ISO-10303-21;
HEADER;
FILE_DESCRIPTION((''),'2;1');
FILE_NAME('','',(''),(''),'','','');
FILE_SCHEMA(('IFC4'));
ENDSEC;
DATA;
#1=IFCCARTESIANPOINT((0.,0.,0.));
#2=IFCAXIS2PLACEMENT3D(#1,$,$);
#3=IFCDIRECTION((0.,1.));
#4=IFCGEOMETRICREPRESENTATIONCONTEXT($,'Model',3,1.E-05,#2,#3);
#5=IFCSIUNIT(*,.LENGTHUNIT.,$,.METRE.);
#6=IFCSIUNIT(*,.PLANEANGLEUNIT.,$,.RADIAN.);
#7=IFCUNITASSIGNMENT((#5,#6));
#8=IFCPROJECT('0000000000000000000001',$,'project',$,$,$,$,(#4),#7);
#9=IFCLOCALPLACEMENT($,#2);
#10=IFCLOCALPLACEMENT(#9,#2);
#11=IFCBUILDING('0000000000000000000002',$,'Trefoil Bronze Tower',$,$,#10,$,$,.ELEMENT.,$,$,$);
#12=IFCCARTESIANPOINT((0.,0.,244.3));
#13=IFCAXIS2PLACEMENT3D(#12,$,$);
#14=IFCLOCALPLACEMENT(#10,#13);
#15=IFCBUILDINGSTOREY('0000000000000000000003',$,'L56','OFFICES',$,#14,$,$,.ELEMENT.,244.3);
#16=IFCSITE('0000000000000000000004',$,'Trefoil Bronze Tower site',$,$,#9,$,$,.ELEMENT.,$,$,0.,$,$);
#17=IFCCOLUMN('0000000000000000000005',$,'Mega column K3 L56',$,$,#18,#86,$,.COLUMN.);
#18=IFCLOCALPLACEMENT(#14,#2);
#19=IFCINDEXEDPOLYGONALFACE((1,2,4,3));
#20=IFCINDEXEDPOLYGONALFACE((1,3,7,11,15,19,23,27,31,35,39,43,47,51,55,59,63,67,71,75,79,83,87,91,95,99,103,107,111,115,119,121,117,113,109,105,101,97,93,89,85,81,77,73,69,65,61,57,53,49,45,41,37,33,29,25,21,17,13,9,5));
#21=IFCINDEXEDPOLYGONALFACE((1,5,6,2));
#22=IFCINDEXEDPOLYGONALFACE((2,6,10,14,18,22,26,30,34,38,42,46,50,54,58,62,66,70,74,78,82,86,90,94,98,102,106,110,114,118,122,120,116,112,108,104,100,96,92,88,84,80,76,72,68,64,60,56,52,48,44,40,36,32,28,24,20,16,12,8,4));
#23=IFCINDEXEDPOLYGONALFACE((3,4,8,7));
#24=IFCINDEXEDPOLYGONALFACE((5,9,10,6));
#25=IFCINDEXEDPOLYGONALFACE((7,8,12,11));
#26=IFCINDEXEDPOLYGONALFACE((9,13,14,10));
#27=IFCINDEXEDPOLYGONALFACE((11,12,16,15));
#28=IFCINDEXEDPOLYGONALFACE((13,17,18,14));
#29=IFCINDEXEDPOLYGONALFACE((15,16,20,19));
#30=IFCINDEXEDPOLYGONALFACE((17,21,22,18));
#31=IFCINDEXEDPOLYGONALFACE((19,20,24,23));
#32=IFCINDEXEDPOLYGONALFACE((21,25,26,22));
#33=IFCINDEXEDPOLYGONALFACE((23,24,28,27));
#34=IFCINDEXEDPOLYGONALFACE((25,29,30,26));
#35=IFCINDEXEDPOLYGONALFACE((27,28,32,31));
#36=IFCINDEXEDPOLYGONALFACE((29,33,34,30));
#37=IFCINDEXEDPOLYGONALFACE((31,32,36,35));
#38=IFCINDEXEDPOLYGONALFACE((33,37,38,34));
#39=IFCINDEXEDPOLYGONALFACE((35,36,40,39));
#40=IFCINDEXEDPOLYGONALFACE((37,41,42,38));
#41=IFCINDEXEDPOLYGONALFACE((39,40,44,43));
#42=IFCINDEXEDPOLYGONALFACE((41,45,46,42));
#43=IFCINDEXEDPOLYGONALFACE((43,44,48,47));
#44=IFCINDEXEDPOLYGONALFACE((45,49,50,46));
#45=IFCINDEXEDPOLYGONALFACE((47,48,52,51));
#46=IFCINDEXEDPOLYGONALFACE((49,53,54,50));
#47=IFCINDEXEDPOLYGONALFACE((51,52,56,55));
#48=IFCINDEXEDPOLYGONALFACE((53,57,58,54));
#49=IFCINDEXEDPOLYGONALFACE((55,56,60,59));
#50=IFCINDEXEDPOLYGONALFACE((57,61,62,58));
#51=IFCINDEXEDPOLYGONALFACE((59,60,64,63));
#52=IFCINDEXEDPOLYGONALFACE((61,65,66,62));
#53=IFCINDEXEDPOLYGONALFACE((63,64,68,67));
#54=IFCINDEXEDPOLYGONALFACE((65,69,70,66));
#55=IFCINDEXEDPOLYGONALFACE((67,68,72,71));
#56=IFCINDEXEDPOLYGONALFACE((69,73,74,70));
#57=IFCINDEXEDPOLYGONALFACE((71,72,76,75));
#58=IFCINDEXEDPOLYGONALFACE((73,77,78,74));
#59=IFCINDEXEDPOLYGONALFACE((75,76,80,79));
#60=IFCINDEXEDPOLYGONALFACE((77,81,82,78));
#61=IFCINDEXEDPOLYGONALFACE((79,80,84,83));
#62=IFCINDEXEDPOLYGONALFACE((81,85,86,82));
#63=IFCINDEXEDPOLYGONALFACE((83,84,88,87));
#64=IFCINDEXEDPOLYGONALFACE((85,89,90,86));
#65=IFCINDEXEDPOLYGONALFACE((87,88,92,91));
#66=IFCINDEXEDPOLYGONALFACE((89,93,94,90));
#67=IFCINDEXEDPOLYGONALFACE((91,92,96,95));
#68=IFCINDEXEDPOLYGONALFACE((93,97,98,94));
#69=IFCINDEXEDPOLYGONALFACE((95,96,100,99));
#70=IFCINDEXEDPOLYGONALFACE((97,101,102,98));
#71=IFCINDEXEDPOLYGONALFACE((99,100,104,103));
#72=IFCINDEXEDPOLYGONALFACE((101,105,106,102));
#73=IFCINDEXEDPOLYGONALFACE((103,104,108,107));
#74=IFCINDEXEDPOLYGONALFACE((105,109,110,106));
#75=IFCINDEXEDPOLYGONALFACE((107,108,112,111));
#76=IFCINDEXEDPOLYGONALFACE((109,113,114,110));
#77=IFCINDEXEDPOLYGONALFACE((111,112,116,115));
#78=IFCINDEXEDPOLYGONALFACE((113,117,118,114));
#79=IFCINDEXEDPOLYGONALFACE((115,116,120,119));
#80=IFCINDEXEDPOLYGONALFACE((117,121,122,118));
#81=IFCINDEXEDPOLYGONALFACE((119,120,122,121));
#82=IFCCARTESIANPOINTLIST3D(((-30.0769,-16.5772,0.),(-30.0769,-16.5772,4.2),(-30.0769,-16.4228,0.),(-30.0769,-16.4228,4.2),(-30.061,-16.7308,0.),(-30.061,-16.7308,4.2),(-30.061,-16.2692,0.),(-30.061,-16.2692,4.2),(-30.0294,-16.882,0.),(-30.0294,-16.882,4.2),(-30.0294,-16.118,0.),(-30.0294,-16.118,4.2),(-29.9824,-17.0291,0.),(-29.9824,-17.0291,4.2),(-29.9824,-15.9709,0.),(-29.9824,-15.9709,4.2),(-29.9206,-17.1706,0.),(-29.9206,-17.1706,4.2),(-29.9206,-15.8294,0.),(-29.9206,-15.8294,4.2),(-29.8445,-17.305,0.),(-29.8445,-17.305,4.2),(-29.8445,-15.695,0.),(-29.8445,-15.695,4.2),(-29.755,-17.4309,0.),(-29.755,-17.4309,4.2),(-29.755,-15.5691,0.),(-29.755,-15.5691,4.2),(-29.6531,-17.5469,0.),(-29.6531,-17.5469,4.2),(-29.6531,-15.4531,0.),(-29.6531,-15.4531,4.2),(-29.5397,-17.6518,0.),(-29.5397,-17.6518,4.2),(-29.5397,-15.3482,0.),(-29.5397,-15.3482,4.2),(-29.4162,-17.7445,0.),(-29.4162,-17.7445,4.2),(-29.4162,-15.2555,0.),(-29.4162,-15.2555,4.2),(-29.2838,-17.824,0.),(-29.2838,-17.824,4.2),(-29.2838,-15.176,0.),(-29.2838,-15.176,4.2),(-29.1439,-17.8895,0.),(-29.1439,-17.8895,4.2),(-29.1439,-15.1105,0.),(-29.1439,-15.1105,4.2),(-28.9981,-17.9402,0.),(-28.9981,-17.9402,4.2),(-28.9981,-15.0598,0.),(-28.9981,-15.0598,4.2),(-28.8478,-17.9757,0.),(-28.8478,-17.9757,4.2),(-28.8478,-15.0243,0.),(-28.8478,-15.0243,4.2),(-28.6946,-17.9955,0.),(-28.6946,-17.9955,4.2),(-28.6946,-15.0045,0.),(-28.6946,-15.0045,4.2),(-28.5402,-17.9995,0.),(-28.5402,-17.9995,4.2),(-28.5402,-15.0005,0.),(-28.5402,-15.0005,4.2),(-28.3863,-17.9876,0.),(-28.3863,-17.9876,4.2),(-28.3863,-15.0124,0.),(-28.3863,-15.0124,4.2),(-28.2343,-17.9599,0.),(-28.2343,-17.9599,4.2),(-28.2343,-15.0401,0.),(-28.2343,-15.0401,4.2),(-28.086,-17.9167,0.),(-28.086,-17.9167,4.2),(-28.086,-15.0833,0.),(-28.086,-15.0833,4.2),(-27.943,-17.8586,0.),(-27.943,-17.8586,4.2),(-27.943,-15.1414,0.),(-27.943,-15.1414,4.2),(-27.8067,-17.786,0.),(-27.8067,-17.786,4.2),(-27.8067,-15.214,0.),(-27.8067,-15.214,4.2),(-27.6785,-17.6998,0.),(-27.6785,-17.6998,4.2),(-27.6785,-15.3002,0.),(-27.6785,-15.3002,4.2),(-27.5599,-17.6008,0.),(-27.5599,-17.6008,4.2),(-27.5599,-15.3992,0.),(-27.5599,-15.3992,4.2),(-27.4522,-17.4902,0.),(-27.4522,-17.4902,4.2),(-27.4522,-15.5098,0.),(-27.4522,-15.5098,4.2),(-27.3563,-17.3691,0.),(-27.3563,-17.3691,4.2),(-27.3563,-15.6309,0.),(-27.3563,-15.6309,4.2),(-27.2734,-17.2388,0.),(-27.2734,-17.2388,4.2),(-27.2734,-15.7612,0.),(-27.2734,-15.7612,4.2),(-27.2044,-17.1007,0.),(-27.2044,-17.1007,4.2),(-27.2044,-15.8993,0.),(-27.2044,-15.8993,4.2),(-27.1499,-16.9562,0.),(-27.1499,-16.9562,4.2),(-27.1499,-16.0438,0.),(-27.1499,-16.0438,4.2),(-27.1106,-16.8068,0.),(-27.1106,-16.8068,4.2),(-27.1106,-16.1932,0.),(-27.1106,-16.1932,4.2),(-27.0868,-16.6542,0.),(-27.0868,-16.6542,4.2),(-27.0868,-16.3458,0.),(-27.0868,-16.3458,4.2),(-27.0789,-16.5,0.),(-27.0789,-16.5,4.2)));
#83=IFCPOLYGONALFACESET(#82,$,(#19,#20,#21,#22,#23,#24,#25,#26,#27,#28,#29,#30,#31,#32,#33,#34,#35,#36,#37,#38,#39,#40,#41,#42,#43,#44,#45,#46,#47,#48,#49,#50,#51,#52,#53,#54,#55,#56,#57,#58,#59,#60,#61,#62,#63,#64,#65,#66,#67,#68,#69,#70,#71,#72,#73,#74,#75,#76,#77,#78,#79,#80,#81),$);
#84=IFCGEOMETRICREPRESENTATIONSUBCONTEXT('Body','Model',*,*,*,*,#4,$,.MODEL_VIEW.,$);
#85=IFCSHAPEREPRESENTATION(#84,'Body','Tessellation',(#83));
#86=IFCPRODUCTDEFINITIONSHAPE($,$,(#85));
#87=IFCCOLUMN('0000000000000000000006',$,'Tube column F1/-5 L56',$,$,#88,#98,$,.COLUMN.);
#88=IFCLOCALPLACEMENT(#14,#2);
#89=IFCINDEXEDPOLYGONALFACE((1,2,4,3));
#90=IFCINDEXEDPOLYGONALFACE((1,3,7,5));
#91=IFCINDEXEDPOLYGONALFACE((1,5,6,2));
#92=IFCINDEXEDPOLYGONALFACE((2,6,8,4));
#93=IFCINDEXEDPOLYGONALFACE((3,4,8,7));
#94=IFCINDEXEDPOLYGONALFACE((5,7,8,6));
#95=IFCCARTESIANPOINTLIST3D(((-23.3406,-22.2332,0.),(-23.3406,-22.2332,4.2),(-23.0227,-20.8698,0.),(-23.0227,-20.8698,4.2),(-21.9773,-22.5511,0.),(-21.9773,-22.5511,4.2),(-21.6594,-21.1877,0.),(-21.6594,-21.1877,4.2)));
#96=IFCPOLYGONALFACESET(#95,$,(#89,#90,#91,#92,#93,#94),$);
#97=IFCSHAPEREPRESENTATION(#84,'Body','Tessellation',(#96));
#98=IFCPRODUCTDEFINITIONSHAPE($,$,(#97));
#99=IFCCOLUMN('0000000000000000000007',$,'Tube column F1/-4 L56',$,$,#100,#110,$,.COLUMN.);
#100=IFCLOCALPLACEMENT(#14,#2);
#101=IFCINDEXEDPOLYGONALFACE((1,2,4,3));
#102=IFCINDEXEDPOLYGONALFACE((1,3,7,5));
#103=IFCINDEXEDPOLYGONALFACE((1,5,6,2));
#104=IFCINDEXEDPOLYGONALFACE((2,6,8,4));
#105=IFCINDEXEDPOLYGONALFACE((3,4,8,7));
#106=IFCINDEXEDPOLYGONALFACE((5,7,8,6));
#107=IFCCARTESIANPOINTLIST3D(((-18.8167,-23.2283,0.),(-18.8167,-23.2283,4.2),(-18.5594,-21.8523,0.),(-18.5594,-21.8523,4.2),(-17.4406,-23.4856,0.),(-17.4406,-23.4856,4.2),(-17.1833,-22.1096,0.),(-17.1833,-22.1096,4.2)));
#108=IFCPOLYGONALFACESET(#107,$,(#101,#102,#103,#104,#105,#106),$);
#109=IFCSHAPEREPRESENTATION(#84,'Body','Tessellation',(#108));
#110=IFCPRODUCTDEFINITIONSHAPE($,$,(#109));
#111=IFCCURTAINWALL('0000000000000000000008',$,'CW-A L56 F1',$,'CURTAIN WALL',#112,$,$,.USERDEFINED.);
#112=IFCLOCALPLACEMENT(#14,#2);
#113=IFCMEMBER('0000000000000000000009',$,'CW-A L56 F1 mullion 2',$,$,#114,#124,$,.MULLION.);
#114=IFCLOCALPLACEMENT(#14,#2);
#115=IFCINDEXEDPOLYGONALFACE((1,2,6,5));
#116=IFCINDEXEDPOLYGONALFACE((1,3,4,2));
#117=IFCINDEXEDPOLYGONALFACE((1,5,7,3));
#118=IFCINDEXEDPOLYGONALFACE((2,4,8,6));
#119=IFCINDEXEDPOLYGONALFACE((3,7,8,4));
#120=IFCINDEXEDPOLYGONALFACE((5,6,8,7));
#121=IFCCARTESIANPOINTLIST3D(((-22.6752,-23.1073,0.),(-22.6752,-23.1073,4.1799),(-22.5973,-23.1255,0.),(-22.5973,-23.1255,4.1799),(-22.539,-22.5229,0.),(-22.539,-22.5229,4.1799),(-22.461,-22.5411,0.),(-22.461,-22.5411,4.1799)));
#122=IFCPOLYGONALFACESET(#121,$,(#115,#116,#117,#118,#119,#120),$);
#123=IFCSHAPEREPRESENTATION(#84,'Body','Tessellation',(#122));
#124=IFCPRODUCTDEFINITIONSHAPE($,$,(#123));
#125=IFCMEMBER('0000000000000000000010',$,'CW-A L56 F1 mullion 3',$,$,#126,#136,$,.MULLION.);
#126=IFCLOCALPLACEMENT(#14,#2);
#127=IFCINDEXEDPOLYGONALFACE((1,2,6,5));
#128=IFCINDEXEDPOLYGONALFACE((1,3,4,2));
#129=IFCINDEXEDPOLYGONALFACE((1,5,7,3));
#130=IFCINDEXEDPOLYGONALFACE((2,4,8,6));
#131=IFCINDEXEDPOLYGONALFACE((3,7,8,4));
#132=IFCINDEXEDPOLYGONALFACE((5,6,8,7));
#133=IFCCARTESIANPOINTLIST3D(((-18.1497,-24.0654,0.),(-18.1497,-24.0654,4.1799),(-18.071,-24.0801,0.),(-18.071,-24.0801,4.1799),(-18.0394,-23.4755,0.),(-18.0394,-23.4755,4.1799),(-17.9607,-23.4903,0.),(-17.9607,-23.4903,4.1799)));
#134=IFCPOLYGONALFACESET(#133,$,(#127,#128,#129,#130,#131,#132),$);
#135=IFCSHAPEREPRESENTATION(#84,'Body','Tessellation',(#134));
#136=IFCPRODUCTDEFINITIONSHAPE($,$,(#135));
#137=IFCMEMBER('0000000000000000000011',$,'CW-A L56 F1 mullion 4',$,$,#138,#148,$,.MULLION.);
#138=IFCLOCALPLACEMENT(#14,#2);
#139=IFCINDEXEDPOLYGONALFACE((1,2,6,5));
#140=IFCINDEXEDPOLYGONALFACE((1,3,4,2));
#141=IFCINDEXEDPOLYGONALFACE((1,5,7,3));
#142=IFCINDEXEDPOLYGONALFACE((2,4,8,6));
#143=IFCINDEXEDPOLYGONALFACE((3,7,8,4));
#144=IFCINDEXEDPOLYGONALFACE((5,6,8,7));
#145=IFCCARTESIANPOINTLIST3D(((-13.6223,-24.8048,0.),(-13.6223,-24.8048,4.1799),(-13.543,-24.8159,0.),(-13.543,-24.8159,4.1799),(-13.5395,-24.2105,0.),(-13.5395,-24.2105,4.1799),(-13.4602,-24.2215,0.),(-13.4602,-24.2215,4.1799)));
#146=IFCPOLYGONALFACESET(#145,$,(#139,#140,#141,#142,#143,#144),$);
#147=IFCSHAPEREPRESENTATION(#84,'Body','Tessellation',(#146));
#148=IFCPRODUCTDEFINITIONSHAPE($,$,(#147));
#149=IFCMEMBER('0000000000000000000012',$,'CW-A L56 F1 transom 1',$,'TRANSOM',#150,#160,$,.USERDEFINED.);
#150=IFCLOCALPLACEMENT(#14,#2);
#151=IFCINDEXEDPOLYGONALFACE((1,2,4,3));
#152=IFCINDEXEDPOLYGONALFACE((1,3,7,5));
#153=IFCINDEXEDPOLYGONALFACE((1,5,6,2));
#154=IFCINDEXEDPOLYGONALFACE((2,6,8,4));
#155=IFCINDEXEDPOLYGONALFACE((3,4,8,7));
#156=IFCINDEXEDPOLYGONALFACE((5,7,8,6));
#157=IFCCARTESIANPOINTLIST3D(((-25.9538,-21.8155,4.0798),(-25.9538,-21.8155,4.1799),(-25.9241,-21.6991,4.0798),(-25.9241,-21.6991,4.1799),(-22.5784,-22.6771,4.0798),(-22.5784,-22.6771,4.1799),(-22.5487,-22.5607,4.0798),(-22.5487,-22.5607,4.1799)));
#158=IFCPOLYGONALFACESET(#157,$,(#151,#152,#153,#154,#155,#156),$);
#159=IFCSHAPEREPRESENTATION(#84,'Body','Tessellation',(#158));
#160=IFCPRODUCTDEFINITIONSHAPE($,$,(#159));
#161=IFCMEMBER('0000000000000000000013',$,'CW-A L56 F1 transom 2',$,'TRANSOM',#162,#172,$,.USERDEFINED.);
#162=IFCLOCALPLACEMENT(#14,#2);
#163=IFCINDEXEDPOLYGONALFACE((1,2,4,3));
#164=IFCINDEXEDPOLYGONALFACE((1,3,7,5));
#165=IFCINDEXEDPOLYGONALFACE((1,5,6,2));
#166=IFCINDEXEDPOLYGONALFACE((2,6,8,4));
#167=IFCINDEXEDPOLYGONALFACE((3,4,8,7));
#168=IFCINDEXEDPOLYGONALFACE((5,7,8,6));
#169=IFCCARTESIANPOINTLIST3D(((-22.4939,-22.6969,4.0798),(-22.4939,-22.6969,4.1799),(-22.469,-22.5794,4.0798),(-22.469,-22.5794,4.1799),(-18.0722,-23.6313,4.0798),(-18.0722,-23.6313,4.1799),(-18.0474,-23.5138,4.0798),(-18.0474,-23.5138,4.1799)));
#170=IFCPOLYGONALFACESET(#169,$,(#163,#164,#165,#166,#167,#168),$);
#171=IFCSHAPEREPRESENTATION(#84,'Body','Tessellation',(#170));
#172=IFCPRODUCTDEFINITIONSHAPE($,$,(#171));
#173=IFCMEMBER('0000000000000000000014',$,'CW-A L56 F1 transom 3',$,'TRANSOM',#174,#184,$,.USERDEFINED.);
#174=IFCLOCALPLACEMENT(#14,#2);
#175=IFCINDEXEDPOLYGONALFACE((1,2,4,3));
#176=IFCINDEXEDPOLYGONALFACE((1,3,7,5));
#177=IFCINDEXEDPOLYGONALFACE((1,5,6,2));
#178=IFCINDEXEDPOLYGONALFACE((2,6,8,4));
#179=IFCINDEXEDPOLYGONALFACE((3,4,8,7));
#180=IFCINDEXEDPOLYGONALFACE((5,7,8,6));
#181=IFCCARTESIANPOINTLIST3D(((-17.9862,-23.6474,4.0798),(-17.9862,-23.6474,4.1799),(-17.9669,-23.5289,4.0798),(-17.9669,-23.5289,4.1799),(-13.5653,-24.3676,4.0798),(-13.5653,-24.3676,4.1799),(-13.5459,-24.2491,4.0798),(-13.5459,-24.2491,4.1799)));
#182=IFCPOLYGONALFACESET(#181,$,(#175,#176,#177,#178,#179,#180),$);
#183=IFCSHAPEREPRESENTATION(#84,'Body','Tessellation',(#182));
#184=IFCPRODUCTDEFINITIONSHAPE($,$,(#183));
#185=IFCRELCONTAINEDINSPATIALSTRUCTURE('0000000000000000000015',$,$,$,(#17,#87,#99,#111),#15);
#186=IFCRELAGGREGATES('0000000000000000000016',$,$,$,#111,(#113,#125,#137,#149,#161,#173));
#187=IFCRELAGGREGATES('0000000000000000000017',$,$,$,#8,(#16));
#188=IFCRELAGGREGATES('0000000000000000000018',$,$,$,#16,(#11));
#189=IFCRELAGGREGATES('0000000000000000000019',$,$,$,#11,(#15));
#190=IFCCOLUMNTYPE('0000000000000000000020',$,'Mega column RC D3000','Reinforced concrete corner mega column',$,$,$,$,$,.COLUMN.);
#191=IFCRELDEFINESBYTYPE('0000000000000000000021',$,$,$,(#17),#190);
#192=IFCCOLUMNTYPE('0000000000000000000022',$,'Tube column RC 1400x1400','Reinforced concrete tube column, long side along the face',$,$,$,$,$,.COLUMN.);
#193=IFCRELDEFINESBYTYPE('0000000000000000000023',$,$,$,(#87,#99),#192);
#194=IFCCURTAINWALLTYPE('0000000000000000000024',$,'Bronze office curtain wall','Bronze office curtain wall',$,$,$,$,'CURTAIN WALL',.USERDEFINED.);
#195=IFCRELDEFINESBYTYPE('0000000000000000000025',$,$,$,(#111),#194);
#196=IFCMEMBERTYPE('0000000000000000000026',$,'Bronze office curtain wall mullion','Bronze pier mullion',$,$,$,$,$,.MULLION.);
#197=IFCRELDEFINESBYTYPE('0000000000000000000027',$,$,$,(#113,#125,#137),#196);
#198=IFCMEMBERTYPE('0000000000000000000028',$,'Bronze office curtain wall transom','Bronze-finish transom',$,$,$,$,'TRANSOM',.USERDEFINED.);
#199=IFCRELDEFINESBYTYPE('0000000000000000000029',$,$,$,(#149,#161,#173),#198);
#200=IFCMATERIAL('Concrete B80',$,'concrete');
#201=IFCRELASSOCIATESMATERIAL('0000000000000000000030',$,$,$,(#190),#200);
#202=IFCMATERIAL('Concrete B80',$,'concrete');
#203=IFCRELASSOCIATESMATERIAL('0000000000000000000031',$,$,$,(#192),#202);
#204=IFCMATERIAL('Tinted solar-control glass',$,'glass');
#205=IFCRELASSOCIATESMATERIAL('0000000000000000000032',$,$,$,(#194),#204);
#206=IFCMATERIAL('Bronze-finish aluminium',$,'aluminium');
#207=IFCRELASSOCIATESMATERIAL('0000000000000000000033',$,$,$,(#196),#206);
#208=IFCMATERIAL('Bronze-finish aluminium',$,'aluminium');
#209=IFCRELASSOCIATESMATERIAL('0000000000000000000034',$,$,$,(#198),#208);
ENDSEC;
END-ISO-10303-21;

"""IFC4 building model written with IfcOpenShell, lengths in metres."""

from ifc_helpers import new_model, si_unit, direction, frame, origin, origin_2d, place, context, subcontext, project, spatial, rectangle, circle, extrude, material, material_profile, profile_set, type_object, element, aggregate, save


model = new_model("IFC4")

# Units and contexts
model_context = context("Model", 3, precision=1e-05, world=origin(), true_north=direction((0.0, 1.0)))
body_context = subcontext(model_context, "Body", "Model", "MODEL_VIEW")
ifc_project = project(units=[si_unit("LENGTHUNIT", "METRE"), si_unit("PLANEANGLEUNIT", "RADIAN")], contexts=[model_context])

# Site, building, storey
site_placement = place(None, origin())
site = spatial("IfcSite", under=ifc_project, at=site_placement, Name="Trefoil Bronze Tower site", CompositionType="ELEMENT", RefElevation=0.0)
building_placement = place(site_placement, origin())
building = spatial("IfcBuilding", under=site, at=building_placement, Name="Trefoil Bronze Tower", CompositionType="ELEMENT")
storey_placement = place(building_placement, frame((0.0, 0.0, 244.3)))
storey = spatial("IfcBuildingStorey", under=building, at=storey_placement, Name="L56", Description="OFFICES", CompositionType="ELEMENT", Elevation=244.3)

# Columns
ifc_material_1 = material(Name="Concrete B80", Category="concrete")
ifc_material_profile_1 = material_profile(ifc_material_1, circle(Radius=1.5, at=origin_2d()), Name="RC D3000")
ifc_profile_set_1 = profile_set([ifc_material_profile_1], Name="Concrete B80")
column_type_1 = type_object("IfcColumnType", Name="Mega column RC D3000", Description="Reinforced concrete corner mega column", PredefinedType="COLUMN", material=ifc_profile_set_1)
column_placement = place(storey_placement, frame((-28.5789, -16.5, 0.0), z_axis=(0.0, 0.0, 1.0), x_axis=(1.0, 0.0, 0.0)))
element("IfcColumn", 1, at=column_placement, inside=storey, type_object=column_type_1, Name="Mega column K3 L56", PredefinedType="COLUMN", context=body_context, shape_type="SweptSolid", body=[
    extrude(circle(Radius=1.5, at=origin_2d()), origin(), (0.0, 0.0, 1.0), 4.2),
])
ifc_material_2 = material(Name="Concrete B80", Category="concrete")
ifc_material_profile_2 = material_profile(ifc_material_2, rectangle(XDim=1.3999, YDim=1.3999, at=origin_2d()), Name="RC 1400x1400")
ifc_profile_set_2 = profile_set([ifc_material_profile_2], Name="Concrete B80")
column_type_2 = type_object("IfcColumnType", Name="Tube column RC 1400x1400", Description="Reinforced concrete tube column, long side along the face", PredefinedType="COLUMN", material=ifc_profile_set_2)
for number, where, z_axis, x_axis, name in (
    (2, (-22.5, -21.7104, 0.0), (0.0, 0.0, 1.0), (0.973875, -0.227083, 0.0), "Tube column F1/-5 L56"),
    (3, (-18.0, -22.6689, 0.0), (0.0, 0.0, 1.0), (0.982959, -0.183825, 0.0), "Tube column F1/-4 L56"),
):
    element("IfcColumn", number, at=place(storey_placement, frame(where, z_axis=z_axis, x_axis=x_axis)), inside=storey, type_object=column_type_2, Name=name, PredefinedType="COLUMN", context=body_context, shape_type="SweptSolid", body=[
        extrude(rectangle(XDim=1.3999, YDim=1.3999, at=origin_2d()), origin(), (0.0, 0.0, 1.0), 4.2),
    ])

# Curtain wall, members
ifc_material_3 = material(Name="Tinted solar-control glass", Category="glass")
curtain_wall_type_1 = type_object("IfcCurtainWallType", Name="Bronze office curtain wall", Description="Bronze office curtain wall", ElementType="CURTAIN WALL", PredefinedType="USERDEFINED", material=ifc_material_3)
curtain_wall_1_placement = place(storey_placement, origin())
curtain_wall_1 = element("IfcCurtainWall", 4, at=curtain_wall_1_placement, inside=storey, type_object=curtain_wall_type_1, Name="CW-A L56 F1", ObjectType="CURTAIN WALL", PredefinedType="USERDEFINED")
ifc_material_4 = material(Name="Bronze-finish aluminium", Category="aluminium")
ifc_material_profile_3 = material_profile(ifc_material_4, rectangle(XDim=0.6001, YDim=0.0801, at=origin_2d()), Name="CW-A mullion")
ifc_profile_set_3 = profile_set([ifc_material_profile_3], Name="Bronze-finish aluminium")
member_type_1 = type_object("IfcMemberType", Name="Bronze office curtain wall mullion", Description="Bronze pier mullion", PredefinedType="MULLION", material=ifc_profile_set_3)
member_1_placement = place(storey_placement, frame((-22.5681, -22.8242, 0.0), z_axis=(0.0, 0.0, 1.0), x_axis=(0.227083, 0.973875, 0.0)))
member_1 = element("IfcMember", 5, at=member_1_placement, type_object=member_type_1, Name="CW-A L56 F1 mullion 2", PredefinedType="MULLION", context=body_context, shape_type="SweptSolid", body=[
    extrude(rectangle(XDim=0.6001, YDim=0.0801, at=origin_2d()), origin(), (0.0, 0.0, 1.0), 4.1799),
])
member_2_placement = place(storey_placement, frame((-18.0552, -23.7778, 0.0), z_axis=(0.0, 0.0, 1.0), x_axis=(0.183825, 0.982959, 0.0)))
member_2 = element("IfcMember", 6, at=member_2_placement, type_object=member_type_1, Name="CW-A L56 F1 mullion 3", PredefinedType="MULLION", context=body_context, shape_type="SweptSolid", body=[
    extrude(rectangle(XDim=0.6001, YDim=0.0801, at=origin_2d()), origin(), (0.0, 0.0, 1.0), 4.1799),
])
member_3_placement = place(storey_placement, frame((-13.5413, -24.5132, 0.0), z_axis=(0.0, 0.0, 1.0), x_axis=(0.137868, 0.990451, 0.0)))
member_3 = element("IfcMember", 7, at=member_3_placement, type_object=member_type_1, Name="CW-A L56 F1 mullion 4", PredefinedType="MULLION", context=body_context, shape_type="SweptSolid", body=[
    extrude(rectangle(XDim=0.6001, YDim=0.0801, at=origin_2d()), origin(), (0.0, 0.0, 1.0), 4.1799),
])
ifc_material_5 = material(Name="Bronze-finish aluminium", Category="aluminium")
ifc_material_profile_4 = material_profile(ifc_material_5, rectangle(XDim=0.1201, YDim=0.1001, at=origin_2d()), Name="CW-A transom")
ifc_profile_set_4 = profile_set([ifc_material_profile_4], Name="Bronze-finish aluminium")
member_type_2 = type_object("IfcMemberType", Name="Bronze office curtain wall transom", Description="Bronze-finish transom", ElementType="TRANSOM", PredefinedType="USERDEFINED", material=ifc_profile_set_4)
member_4_placement = place(storey_placement, frame((-25.939, -21.7573, 4.1299), z_axis=(0.968935, -0.247315, 0.0), x_axis=(0.247315, 0.968935, 0.0)))
member_4 = element("IfcMember", 8, at=member_4_placement, type_object=member_type_2, Name="CW-A L56 F1 transom 1", ObjectType="TRANSOM", PredefinedType="USERDEFINED", context=body_context, shape_type="SweptSolid", body=[
    extrude(rectangle(XDim=0.1201, YDim=0.1001, at=origin_2d()), origin(), (0.0, 0.0, 1.0), 3.4836),
])
member_5_placement = place(storey_placement, frame((-22.4814, -22.6382, 4.1299), z_axis=(0.978395, -0.206743, 0.0), x_axis=(0.206743, 0.978395, 0.0)))
member_5 = element("IfcMember", 9, at=member_5_placement, type_object=member_type_2, Name="CW-A L56 F1 transom 2", ObjectType="TRANSOM", PredefinedType="USERDEFINED", context=body_context, shape_type="SweptSolid", body=[
    extrude(rectangle(XDim=0.1201, YDim=0.1001, at=origin_2d()), origin(), (0.0, 0.0, 1.0), 4.5193),
])
member_6_placement = place(storey_placement, frame((-17.9766, -23.5881, 4.1299), z_axis=(0.986988, -0.160792, 0.0), x_axis=(0.160792, 0.986988, 0.0)))
member_6 = element("IfcMember", 10, at=member_6_placement, type_object=member_type_2, Name="CW-A L56 F1 transom 3", ObjectType="TRANSOM", PredefinedType="USERDEFINED", context=body_context, shape_type="SweptSolid", body=[
    extrude(rectangle(XDim=0.1201, YDim=0.1001, at=origin_2d()), origin(), (0.0, 0.0, 1.0), 4.4792),
])

aggregate(curtain_wall_1, [member_1, member_2, member_3, member_4, member_5, member_6])

save(model, "model.ifc")
